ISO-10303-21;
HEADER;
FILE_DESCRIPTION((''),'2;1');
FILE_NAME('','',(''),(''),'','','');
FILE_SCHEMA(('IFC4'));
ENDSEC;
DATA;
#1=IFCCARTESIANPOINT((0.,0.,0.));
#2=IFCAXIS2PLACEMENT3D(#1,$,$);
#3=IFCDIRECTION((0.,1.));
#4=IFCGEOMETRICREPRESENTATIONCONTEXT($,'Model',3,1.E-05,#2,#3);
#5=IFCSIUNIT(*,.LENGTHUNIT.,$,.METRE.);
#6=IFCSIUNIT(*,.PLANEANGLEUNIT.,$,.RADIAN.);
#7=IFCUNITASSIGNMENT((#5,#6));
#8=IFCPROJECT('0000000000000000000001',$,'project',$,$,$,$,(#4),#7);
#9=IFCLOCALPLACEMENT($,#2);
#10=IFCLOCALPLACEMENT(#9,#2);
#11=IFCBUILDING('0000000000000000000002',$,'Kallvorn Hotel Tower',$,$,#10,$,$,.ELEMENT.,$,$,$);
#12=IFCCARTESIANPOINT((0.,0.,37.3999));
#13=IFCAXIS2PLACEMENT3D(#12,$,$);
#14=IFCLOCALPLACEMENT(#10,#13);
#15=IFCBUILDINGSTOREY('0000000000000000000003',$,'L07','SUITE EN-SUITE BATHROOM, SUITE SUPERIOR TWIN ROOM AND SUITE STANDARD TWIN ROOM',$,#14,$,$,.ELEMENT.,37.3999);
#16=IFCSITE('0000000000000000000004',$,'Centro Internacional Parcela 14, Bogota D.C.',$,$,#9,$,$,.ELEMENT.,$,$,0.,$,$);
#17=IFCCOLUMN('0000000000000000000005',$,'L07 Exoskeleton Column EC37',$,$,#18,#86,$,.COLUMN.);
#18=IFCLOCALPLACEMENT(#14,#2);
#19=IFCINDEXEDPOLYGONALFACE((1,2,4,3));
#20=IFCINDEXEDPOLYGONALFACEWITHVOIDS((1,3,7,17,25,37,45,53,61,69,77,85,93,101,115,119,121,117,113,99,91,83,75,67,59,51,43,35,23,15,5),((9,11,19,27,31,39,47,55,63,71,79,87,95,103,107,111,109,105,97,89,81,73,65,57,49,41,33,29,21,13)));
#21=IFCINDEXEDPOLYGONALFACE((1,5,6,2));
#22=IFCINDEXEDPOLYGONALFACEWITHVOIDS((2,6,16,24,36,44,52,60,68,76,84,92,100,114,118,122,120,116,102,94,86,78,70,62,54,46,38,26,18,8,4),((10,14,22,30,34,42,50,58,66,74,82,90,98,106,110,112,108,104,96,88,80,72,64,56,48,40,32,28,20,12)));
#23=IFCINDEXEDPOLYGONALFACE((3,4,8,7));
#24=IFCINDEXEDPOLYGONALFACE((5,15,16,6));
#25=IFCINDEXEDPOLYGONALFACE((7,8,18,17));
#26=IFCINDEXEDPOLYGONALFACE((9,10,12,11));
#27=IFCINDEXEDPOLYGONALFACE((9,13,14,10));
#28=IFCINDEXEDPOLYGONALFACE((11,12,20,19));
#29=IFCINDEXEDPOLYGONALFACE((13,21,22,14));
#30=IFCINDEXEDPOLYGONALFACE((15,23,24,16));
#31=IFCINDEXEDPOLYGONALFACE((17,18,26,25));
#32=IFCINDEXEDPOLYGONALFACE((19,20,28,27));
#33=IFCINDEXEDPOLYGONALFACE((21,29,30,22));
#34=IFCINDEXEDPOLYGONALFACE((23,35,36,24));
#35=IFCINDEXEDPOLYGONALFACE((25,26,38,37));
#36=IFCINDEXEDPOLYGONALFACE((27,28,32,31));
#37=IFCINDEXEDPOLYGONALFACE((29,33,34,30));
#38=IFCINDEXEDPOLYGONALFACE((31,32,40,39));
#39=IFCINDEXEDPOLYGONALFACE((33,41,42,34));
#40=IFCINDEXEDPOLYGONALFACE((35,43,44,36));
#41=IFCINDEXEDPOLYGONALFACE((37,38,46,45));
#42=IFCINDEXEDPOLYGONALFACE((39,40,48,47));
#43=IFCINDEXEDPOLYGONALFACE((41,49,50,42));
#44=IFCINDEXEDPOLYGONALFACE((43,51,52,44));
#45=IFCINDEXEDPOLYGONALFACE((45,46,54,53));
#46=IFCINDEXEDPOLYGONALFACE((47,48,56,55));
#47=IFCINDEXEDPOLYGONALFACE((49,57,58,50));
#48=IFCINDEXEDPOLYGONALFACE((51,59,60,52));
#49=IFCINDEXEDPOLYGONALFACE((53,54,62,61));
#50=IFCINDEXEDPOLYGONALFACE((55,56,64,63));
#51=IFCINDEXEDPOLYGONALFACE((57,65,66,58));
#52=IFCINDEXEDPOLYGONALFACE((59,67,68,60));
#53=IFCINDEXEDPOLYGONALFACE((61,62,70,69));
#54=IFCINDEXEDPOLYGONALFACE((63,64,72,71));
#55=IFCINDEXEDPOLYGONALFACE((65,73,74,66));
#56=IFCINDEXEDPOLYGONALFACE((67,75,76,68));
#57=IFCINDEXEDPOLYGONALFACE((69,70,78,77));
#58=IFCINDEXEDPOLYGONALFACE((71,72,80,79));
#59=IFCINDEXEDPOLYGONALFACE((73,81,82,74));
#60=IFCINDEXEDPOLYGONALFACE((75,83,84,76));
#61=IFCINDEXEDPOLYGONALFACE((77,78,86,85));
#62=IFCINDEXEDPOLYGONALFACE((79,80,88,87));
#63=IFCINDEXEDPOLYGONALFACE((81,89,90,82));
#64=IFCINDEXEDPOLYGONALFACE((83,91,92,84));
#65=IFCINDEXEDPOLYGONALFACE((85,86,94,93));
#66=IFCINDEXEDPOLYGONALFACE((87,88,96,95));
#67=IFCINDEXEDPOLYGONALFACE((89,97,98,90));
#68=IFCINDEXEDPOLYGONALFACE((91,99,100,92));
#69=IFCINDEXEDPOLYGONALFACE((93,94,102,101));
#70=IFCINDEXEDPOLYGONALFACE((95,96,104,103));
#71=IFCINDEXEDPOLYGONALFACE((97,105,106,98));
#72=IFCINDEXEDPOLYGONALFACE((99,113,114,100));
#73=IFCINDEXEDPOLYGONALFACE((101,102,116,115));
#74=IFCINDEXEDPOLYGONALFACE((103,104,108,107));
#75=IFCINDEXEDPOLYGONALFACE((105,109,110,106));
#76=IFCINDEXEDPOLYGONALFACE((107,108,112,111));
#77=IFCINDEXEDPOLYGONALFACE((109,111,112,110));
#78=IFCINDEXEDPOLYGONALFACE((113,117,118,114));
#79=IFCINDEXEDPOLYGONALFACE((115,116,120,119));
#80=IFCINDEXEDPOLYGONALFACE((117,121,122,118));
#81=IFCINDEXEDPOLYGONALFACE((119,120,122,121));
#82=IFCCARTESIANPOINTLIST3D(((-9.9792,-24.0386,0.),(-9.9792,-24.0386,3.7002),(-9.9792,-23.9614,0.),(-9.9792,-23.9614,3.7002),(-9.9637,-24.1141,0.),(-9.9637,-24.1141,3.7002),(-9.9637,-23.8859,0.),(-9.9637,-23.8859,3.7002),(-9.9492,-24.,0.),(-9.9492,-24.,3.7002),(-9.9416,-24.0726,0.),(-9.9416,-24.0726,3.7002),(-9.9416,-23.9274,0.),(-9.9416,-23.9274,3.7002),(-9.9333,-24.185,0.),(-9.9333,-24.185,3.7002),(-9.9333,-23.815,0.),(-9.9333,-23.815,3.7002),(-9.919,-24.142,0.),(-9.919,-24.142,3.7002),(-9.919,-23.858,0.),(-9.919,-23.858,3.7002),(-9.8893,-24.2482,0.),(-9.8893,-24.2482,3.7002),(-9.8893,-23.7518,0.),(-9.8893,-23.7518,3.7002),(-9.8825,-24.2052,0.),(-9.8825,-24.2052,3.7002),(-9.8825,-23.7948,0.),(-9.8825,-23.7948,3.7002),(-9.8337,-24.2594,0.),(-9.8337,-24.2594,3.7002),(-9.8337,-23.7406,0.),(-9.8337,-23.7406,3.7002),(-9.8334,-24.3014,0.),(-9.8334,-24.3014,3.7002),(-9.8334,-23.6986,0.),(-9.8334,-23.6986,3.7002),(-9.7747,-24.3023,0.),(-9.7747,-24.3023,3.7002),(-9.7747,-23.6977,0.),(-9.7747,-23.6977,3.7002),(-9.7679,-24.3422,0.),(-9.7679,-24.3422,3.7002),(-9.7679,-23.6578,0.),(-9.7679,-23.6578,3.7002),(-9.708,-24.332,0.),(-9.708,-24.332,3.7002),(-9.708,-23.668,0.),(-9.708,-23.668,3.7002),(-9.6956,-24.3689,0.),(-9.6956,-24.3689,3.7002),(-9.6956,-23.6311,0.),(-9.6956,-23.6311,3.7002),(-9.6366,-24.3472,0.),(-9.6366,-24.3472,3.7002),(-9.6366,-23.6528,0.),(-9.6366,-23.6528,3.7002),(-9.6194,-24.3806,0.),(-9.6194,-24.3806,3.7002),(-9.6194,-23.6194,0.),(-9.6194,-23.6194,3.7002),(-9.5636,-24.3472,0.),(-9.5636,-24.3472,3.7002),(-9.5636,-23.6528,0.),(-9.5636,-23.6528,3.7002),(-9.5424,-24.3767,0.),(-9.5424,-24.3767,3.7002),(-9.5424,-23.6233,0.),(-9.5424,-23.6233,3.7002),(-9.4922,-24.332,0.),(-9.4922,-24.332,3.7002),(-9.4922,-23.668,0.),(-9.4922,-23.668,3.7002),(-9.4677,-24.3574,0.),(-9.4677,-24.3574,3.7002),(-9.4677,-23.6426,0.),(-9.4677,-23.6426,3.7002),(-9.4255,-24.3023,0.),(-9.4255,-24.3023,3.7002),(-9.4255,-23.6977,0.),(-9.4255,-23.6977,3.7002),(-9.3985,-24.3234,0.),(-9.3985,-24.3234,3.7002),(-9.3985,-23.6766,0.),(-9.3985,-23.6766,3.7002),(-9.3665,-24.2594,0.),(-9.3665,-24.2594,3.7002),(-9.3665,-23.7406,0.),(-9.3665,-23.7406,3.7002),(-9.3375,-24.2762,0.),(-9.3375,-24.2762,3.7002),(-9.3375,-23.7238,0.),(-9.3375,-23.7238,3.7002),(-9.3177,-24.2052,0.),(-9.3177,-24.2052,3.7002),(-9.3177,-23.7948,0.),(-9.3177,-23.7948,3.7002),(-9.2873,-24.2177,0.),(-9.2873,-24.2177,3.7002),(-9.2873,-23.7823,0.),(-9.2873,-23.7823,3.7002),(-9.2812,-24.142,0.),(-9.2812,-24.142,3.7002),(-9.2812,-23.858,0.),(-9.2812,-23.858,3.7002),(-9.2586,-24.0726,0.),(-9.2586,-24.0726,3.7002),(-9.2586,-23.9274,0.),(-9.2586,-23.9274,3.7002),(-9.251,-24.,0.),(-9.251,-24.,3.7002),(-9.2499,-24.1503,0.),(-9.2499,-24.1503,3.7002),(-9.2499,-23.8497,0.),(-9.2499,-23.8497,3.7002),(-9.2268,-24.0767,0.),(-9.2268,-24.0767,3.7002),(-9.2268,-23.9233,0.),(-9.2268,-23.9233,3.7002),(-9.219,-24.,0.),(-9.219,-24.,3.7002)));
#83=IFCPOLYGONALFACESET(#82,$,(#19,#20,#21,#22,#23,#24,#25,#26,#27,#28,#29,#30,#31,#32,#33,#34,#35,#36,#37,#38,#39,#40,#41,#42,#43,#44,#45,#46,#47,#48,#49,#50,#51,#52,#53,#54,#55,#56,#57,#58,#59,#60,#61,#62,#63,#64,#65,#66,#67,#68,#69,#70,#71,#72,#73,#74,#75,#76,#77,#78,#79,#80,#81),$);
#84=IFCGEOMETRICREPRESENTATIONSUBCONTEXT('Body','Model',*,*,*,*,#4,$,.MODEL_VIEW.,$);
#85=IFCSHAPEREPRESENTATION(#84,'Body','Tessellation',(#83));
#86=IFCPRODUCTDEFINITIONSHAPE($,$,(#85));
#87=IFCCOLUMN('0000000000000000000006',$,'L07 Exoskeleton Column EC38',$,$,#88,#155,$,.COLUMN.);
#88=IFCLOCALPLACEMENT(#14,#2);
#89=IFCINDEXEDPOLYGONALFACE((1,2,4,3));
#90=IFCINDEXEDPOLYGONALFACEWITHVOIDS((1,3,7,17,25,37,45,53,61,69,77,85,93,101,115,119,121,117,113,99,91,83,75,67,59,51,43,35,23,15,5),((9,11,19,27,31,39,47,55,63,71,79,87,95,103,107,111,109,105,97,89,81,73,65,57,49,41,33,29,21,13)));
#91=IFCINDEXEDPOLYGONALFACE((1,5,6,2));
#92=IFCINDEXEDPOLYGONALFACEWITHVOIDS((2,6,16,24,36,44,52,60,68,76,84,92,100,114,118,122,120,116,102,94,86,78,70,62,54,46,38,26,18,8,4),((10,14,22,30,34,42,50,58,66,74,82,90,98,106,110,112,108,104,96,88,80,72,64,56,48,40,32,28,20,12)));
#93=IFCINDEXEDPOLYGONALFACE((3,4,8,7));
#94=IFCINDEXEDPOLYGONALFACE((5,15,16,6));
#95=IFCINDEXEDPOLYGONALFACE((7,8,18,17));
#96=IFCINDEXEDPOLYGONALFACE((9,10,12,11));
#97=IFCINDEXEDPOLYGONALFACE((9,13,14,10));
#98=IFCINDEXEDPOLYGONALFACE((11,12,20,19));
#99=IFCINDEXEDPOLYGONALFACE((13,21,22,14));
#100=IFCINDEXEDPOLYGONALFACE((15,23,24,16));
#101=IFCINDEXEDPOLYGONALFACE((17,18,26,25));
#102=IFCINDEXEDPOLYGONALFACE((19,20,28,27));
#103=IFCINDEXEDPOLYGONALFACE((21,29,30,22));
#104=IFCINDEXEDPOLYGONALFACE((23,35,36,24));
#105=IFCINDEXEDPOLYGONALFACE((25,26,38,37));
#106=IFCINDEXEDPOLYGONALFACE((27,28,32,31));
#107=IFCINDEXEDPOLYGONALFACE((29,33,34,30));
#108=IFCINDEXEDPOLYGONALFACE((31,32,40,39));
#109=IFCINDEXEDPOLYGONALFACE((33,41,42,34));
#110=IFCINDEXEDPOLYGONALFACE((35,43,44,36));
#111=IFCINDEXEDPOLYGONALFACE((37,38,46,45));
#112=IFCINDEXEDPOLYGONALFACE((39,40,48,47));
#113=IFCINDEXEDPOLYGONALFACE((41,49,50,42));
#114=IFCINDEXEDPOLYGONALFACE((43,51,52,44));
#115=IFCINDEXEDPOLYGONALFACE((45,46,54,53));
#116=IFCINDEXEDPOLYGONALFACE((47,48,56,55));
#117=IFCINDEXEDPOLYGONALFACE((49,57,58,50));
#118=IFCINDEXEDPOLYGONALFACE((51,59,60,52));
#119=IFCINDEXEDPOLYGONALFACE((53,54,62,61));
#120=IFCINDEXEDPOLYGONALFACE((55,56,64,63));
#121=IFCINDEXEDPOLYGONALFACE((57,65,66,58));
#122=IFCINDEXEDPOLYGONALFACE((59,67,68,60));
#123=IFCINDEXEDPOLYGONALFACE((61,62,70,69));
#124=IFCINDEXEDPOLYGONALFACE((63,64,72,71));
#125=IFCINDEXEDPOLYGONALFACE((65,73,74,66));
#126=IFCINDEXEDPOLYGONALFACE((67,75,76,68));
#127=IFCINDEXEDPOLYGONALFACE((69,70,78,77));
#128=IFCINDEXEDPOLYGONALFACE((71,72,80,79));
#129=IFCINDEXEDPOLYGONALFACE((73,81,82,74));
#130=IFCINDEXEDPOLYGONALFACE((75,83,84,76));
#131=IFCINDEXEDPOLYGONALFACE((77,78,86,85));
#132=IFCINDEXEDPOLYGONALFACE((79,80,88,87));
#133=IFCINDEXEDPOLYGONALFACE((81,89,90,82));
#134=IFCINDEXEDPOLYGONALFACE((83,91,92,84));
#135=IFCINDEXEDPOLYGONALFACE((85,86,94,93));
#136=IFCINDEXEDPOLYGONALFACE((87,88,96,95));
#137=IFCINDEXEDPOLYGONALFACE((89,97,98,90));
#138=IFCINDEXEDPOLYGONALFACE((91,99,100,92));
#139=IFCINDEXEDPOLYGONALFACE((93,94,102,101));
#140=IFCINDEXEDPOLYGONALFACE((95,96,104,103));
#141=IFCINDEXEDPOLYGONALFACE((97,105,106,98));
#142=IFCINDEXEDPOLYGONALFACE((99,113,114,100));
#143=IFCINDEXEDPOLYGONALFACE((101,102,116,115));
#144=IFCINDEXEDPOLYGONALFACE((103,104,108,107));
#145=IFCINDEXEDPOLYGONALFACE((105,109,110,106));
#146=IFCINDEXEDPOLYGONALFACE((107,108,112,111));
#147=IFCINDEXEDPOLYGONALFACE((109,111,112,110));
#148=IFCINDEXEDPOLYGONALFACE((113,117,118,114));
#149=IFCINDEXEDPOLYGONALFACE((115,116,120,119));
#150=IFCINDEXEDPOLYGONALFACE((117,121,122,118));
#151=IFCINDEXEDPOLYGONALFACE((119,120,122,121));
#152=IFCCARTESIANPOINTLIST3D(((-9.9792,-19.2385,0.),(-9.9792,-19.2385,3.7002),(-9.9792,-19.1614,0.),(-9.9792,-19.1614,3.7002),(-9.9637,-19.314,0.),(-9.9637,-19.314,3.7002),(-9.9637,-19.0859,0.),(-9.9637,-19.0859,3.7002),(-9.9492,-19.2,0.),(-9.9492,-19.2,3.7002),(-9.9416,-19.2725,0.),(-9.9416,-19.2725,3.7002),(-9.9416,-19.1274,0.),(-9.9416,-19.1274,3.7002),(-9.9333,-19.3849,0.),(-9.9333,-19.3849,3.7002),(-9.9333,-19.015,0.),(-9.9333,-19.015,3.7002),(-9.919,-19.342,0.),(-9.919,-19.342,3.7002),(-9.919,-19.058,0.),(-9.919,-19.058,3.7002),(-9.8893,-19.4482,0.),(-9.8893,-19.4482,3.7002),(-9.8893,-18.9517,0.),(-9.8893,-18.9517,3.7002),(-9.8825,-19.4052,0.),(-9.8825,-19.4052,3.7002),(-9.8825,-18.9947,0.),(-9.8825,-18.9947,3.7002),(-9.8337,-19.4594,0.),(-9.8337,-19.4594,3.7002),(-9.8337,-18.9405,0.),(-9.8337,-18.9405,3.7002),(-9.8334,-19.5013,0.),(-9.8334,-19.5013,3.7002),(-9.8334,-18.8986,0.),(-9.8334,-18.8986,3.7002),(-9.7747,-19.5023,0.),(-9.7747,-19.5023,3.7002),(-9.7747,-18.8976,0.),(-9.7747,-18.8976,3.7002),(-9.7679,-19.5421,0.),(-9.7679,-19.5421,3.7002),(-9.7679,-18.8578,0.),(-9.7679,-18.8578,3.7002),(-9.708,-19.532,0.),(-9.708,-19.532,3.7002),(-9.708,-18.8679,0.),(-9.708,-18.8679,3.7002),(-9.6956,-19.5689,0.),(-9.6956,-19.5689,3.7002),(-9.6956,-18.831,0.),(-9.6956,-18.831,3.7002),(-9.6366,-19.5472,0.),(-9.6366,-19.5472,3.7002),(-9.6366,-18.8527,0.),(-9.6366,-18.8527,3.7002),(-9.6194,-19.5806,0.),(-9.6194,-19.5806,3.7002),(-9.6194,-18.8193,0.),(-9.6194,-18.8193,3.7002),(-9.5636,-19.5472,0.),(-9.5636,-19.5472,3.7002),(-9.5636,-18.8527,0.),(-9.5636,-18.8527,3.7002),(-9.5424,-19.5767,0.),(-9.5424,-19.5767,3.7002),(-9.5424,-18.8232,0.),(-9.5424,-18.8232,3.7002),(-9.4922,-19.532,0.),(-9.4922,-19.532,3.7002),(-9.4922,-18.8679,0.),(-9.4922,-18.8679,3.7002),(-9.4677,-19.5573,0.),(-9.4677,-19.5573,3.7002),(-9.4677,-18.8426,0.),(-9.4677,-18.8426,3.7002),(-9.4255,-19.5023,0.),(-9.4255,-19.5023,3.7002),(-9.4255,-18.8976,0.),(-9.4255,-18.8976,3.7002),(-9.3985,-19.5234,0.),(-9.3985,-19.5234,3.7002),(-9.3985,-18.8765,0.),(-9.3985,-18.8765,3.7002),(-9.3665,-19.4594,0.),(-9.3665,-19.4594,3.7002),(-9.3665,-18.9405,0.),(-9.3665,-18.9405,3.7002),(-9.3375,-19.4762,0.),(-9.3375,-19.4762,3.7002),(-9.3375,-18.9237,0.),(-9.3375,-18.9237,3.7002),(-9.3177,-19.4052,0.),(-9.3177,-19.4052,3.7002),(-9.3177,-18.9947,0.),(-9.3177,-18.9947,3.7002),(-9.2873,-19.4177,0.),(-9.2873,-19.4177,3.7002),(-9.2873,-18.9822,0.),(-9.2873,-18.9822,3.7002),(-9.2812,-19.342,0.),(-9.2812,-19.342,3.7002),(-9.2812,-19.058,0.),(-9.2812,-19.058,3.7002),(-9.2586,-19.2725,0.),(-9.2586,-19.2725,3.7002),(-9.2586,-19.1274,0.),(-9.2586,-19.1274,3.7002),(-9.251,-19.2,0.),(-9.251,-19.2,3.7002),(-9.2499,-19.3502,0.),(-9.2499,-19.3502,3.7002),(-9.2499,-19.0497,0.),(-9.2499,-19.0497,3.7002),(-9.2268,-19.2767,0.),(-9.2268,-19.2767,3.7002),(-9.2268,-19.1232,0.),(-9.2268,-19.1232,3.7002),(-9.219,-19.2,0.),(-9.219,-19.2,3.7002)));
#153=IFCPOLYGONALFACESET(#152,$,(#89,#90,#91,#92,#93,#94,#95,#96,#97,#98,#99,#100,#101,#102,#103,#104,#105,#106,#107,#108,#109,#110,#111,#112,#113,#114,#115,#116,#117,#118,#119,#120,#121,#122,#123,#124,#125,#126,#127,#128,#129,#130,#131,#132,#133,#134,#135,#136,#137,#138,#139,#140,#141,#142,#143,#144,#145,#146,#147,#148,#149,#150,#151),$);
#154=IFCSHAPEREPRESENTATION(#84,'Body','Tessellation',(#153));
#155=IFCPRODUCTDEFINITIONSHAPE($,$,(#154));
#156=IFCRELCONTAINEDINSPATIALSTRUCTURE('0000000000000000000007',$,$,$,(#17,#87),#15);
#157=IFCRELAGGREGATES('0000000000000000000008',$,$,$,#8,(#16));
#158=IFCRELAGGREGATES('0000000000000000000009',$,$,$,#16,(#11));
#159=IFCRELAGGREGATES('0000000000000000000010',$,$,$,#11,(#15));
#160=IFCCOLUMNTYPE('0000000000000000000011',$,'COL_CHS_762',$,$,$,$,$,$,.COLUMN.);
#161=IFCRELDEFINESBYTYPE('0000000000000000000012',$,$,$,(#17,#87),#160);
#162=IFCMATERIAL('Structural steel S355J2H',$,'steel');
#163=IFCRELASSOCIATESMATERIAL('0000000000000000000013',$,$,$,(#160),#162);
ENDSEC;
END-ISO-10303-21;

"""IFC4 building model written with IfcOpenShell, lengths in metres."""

from ifc_helpers import new_model, si_unit, direction, frame, origin, origin_2d, place, context, subcontext, project, spatial, hollow_circle, extrude, material, material_profile, profile_set, type_object, element, save


model = new_model("IFC4")

# Units and contexts
model_context = context("Model", 3, precision=1e-05, world=origin(), true_north=direction((0.0, 1.0)))
body_context = subcontext(model_context, "Body", "Model", "MODEL_VIEW")
ifc_project = project(units=[si_unit("LENGTHUNIT", "METRE"), si_unit("PLANEANGLEUNIT", "RADIAN")], contexts=[model_context])

# Site, building, storey
site_placement = place(None, origin())
site = spatial("IfcSite", under=ifc_project, at=site_placement, Name="Centro Internacional Parcela 14, Bogota D.C.", CompositionType="ELEMENT", RefElevation=0.0)
building_placement = place(site_placement, origin())
building = spatial("IfcBuilding", under=site, at=building_placement, Name="Kallvorn Hotel Tower", CompositionType="ELEMENT")
storey_placement = place(building_placement, frame((0.0, 0.0, 37.3999)))
storey = spatial("IfcBuildingStorey", under=building, at=storey_placement, Name="L07", Description="SUITE EN-SUITE BATHROOM, SUITE SUPERIOR TWIN ROOM AND SUITE STANDARD TWIN ROOM", CompositionType="ELEMENT", Elevation=37.3999)

# Columns
ifc_material_1 = material(Name="Structural steel S355J2H", Category="steel")
ifc_material_profile_1 = material_profile(ifc_material_1, hollow_circle(Radius=0.3811, WallThickness=0.032, at=origin_2d()), Name="CHS 762x32")
ifc_profile_set_1 = profile_set([ifc_material_profile_1], Name="Structural steel S355J2H")
column_type_1 = type_object("IfcColumnType", Name="COL_CHS_762", PredefinedType="COLUMN", material=ifc_profile_set_1)
for number, where, z_axis, x_axis, name in (
    (1, (-9.6001, -24.0, 0.0), (0.0, 0.0, 1.0), (1.0, 0.0, 0.0), "L07 Exoskeleton Column EC37"),
    (2, (-9.6001, -19.2, 0.0), (0.0, 0.0, 1.0), (1.0, 0.0, 0.0), "L07 Exoskeleton Column EC38"),
):
    element("IfcColumn", number, at=place(storey_placement, frame(where, z_axis=z_axis, x_axis=x_axis)), inside=storey, type_object=column_type_1, Name=name, PredefinedType="COLUMN", context=body_context, shape_type="SweptSolid", body=[
        extrude(hollow_circle(Radius=0.3811, WallThickness=0.032, at=origin_2d()), origin(), (0.0, 0.0, 1.0), 3.7002),
    ])

save(model, "model.ifc")
